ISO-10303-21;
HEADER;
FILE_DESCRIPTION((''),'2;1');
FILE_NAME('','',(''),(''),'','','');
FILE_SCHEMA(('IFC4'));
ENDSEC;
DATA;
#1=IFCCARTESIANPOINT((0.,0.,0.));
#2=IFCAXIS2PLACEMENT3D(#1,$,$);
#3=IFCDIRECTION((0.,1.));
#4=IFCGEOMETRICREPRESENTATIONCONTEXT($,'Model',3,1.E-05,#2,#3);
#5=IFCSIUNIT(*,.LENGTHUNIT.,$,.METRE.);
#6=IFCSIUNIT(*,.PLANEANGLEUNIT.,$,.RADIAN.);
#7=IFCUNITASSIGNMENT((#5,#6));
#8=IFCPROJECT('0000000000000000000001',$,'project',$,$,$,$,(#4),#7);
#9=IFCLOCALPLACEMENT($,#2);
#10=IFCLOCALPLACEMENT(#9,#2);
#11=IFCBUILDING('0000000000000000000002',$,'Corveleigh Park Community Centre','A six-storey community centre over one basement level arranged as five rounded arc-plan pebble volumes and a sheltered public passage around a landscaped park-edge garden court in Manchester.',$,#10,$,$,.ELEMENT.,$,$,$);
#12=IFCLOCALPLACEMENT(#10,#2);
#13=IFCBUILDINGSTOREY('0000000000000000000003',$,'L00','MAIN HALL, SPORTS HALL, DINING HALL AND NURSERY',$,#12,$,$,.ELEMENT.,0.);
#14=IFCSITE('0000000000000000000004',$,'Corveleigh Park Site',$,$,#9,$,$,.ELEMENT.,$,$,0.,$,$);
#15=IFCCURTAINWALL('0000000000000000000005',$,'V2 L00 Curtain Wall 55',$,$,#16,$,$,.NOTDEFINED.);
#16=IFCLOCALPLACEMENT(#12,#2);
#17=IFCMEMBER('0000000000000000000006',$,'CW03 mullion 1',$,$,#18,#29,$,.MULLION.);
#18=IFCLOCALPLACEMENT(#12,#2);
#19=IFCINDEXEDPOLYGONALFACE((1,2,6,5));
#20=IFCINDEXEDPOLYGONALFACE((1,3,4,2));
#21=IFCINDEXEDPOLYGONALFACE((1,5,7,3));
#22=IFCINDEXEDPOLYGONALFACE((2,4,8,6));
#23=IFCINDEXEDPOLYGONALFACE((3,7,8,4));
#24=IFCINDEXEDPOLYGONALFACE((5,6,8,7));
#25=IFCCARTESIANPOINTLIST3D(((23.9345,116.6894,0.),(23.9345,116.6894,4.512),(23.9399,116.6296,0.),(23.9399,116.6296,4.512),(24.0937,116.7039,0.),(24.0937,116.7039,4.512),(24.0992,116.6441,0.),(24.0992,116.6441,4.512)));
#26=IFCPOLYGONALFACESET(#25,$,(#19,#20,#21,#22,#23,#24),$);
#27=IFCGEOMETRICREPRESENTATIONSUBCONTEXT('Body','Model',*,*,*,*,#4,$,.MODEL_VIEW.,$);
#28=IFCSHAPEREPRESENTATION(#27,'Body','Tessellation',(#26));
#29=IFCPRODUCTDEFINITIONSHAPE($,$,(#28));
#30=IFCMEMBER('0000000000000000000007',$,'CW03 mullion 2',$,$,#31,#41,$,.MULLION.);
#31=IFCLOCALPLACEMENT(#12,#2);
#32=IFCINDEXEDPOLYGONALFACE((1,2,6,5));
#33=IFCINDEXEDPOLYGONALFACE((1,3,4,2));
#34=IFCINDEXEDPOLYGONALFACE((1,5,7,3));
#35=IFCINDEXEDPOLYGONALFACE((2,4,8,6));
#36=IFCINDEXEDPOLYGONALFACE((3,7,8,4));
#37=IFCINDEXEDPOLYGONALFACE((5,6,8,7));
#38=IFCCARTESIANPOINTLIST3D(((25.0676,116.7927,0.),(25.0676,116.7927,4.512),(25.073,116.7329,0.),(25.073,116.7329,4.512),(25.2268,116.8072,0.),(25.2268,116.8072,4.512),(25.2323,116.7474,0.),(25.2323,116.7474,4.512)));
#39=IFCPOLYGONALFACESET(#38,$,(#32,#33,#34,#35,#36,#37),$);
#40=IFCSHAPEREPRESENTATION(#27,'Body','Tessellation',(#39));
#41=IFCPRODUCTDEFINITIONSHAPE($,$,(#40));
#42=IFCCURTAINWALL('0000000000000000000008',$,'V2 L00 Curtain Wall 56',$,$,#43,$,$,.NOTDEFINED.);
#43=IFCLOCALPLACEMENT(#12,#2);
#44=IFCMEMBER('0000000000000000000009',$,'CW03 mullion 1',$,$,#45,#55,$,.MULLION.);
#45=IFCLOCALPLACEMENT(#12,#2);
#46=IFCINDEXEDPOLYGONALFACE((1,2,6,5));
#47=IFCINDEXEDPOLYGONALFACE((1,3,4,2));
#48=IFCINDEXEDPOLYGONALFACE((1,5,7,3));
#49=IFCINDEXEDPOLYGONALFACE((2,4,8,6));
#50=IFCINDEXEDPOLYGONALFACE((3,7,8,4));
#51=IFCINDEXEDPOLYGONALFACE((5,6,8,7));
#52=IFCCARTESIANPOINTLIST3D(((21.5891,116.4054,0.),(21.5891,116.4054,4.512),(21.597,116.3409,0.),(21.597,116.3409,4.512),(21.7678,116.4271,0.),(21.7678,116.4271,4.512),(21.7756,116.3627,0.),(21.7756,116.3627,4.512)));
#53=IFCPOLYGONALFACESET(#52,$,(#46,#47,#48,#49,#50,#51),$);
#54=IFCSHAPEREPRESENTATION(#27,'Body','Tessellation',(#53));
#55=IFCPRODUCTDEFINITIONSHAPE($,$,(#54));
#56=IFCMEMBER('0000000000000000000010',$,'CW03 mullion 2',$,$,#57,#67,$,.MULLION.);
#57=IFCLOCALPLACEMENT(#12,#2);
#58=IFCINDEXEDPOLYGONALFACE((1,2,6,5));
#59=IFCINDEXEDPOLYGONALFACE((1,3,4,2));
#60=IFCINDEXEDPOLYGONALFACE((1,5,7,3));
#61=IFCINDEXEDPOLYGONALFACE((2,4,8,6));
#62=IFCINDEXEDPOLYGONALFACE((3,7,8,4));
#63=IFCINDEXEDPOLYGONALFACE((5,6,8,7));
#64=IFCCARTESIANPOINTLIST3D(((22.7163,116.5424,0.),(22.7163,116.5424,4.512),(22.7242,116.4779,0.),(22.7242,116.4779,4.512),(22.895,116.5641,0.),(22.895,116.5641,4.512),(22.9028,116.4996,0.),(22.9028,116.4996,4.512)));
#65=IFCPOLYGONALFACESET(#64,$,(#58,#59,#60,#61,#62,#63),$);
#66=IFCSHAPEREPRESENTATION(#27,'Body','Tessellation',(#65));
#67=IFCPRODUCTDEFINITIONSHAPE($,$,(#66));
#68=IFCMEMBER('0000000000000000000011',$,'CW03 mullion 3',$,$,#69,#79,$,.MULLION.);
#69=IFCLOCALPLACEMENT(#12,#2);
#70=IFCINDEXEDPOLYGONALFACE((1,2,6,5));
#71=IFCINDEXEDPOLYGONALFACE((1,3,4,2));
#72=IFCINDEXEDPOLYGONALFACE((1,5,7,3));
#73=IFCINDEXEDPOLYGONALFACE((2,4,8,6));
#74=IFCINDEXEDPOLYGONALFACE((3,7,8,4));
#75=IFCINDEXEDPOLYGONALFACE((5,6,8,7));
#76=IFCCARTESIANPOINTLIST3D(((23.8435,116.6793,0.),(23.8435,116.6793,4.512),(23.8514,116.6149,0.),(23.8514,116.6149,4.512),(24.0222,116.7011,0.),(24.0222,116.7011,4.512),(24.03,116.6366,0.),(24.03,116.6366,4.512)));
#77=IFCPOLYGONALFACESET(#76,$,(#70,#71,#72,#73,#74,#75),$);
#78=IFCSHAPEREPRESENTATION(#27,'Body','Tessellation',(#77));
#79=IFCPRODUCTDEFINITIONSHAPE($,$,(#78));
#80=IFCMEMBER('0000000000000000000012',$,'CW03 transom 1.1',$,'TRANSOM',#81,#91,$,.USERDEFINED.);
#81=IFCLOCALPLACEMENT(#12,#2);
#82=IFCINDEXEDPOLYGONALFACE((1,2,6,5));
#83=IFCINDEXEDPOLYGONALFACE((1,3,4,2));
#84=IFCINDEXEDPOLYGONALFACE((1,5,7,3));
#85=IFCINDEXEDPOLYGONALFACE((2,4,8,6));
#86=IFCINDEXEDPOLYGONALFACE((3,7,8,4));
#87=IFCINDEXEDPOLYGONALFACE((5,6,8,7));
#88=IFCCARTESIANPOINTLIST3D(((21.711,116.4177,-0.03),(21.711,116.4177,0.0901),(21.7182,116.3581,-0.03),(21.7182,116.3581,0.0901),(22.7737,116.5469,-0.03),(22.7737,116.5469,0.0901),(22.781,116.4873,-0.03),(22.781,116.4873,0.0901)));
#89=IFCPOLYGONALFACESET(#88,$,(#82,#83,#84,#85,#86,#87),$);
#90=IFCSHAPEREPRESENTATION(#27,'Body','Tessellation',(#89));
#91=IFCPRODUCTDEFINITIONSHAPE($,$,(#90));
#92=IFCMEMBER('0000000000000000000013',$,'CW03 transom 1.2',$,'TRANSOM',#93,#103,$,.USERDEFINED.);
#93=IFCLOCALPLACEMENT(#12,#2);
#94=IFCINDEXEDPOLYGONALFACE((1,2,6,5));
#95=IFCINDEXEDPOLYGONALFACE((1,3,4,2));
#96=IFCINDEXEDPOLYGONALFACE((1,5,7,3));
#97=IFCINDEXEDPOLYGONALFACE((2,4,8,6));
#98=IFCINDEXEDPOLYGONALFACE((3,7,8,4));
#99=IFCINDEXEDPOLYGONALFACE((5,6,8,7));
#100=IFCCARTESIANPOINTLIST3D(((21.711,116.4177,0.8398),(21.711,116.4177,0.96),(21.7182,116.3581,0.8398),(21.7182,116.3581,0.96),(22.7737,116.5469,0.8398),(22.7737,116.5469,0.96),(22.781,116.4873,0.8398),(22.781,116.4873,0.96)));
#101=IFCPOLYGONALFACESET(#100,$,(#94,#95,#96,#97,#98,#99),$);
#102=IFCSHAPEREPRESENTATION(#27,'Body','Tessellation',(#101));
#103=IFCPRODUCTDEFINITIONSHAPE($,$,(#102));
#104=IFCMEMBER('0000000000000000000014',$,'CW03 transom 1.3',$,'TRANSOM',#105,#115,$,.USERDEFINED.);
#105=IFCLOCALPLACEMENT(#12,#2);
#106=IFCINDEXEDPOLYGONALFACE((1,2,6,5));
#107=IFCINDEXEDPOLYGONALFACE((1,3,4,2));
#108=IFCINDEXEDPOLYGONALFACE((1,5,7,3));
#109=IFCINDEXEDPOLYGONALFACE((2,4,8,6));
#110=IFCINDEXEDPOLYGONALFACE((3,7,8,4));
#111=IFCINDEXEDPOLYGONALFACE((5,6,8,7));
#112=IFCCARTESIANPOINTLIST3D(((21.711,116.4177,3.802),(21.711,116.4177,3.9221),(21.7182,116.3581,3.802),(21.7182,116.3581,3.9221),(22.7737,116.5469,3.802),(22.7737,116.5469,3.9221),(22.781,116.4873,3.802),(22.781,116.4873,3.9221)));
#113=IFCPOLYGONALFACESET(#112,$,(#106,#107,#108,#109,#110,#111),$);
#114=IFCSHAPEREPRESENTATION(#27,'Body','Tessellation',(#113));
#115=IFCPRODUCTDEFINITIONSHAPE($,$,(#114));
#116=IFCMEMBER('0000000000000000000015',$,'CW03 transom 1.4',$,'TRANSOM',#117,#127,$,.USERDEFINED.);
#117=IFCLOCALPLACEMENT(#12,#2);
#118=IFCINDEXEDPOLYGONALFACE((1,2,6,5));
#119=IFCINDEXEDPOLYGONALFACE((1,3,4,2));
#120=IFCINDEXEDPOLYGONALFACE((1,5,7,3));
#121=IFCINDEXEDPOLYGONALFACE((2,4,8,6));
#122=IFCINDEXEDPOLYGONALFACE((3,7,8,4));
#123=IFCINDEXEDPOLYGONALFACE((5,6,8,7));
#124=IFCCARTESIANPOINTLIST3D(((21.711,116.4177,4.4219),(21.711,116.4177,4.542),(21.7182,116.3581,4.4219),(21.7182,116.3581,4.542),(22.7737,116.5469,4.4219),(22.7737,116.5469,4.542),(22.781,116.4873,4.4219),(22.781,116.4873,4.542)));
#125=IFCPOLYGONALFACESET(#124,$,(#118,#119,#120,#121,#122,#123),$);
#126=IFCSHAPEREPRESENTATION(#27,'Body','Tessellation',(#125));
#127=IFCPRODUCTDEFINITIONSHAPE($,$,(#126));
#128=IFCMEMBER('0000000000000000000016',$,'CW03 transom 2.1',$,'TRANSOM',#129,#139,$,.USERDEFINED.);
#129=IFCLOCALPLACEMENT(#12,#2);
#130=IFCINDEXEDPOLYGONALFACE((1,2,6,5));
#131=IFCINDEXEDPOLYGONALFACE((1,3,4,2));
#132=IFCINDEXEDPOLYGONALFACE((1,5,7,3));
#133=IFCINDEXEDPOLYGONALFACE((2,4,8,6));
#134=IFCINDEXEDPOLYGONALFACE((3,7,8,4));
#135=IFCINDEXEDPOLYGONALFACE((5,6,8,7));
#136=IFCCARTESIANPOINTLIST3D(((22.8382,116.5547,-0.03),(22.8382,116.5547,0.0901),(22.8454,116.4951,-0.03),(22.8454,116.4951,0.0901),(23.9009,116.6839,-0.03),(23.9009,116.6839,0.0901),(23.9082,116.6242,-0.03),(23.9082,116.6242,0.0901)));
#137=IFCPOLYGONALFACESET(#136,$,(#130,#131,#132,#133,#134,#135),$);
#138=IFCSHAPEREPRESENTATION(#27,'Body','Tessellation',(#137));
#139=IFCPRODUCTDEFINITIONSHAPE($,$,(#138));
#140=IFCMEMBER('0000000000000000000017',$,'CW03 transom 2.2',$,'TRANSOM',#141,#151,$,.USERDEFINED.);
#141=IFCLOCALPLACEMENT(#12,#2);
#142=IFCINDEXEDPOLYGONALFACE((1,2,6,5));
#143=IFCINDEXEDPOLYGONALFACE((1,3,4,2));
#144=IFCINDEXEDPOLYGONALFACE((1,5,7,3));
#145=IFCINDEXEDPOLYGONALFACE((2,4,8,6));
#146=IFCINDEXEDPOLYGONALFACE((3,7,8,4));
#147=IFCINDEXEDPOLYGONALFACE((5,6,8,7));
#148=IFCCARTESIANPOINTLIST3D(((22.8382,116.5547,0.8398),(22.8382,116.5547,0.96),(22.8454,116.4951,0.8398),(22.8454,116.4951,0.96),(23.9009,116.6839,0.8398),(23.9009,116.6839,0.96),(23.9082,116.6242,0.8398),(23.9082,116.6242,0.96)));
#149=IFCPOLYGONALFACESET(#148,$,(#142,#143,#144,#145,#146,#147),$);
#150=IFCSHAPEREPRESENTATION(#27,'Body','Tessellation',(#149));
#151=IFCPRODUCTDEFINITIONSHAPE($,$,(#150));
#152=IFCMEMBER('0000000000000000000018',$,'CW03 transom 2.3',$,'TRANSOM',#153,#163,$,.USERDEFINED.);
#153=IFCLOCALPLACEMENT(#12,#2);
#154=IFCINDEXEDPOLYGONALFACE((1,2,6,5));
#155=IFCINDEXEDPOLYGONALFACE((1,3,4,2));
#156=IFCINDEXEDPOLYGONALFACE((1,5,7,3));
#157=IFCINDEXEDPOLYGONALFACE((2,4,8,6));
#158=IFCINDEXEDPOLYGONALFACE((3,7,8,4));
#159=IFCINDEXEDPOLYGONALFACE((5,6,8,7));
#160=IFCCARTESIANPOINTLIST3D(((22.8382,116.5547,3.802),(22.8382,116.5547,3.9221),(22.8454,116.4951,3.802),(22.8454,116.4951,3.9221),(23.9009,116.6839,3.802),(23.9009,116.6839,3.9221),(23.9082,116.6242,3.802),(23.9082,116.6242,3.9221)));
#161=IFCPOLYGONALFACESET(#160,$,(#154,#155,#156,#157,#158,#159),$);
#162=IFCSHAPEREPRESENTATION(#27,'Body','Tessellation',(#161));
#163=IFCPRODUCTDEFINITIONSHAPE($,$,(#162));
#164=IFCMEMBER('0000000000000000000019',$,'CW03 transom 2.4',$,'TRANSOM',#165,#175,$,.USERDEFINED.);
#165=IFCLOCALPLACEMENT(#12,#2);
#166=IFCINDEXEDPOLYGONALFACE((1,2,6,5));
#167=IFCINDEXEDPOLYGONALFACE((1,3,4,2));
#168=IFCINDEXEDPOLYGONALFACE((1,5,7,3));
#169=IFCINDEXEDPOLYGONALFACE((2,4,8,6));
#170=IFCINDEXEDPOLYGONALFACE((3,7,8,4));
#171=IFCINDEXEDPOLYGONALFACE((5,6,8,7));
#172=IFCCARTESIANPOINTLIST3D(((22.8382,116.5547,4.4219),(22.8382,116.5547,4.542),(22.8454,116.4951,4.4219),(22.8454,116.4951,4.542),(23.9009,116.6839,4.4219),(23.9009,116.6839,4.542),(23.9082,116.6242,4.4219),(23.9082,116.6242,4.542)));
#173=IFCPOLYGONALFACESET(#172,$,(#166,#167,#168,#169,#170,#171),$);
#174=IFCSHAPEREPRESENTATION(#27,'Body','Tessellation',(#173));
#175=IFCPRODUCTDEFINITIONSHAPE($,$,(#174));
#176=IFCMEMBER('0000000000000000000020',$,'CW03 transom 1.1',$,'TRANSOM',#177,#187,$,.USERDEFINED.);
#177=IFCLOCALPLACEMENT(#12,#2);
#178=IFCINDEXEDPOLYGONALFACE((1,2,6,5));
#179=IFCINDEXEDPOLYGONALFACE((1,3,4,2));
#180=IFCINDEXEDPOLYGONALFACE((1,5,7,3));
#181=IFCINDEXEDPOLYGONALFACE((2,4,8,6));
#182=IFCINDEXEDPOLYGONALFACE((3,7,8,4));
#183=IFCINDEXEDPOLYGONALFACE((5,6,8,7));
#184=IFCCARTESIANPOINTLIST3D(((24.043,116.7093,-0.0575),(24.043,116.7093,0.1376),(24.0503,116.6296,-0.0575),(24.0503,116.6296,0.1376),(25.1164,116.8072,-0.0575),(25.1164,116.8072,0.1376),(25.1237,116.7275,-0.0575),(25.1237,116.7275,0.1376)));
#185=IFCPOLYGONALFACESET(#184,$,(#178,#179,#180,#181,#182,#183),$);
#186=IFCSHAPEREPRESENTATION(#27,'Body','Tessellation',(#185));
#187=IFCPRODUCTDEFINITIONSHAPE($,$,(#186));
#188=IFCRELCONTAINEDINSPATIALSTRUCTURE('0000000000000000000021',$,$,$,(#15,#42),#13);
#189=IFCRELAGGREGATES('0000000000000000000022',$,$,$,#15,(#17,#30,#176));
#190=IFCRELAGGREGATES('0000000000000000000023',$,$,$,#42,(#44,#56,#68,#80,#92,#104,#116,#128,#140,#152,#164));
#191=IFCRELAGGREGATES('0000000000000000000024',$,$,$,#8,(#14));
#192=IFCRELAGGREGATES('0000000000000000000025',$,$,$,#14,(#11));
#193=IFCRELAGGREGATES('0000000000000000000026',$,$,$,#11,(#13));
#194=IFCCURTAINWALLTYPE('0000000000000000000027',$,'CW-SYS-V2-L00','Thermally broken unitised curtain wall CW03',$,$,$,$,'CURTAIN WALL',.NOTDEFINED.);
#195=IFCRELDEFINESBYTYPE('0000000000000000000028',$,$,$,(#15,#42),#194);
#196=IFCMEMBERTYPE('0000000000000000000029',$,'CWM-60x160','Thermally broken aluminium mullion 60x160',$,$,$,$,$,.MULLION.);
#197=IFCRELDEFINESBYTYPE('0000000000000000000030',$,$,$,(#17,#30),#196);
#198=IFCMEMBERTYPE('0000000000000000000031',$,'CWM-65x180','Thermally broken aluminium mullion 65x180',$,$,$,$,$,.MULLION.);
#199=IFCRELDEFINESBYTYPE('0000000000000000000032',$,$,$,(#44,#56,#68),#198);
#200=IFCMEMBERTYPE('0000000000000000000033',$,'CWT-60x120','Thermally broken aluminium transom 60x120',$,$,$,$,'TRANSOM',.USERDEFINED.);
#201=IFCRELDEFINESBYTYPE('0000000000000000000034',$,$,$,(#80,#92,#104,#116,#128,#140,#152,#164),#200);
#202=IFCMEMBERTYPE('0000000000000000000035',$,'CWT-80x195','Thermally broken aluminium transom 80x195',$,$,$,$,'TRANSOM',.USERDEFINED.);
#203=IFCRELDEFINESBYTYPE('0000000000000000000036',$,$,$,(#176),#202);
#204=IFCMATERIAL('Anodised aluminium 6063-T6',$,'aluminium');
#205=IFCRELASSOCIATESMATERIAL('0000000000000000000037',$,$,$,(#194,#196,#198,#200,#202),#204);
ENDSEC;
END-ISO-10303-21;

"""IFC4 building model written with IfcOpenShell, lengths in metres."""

from ifc_helpers import new_model, si_unit, direction, frame, origin, origin_2d, place, context, subcontext, project, spatial, rectangle, extrude, material, material_profile, profile_set, type_object, element, aggregate, save


model = new_model("IFC4")

# Units and contexts
model_context = context("Model", 3, precision=1e-05, world=origin(), true_north=direction((0.0, 1.0)))
body_context = subcontext(model_context, "Body", "Model", "MODEL_VIEW")
ifc_project = project(units=[si_unit("LENGTHUNIT", "METRE"), si_unit("PLANEANGLEUNIT", "RADIAN")], contexts=[model_context])

# Site, building, storey
site_placement = place(None, origin())
site = spatial("IfcSite", under=ifc_project, at=site_placement, Name="Corveleigh Park Site", CompositionType="ELEMENT", RefElevation=0.0)
building_placement = place(site_placement, origin())
building = spatial("IfcBuilding", under=site, at=building_placement, Name="Corveleigh Park Community Centre", Description="A six-storey community centre over one basement level arranged as five rounded arc-plan pebble volumes and a sheltered public passage around a landscaped park-edge garden court in Manchester.", CompositionType="ELEMENT")
storey_placement = place(building_placement, origin())
storey = spatial("IfcBuildingStorey", under=building, at=storey_placement, Name="L00", Description="MAIN HALL, SPORTS HALL, DINING HALL AND NURSERY", CompositionType="ELEMENT", Elevation=0.0)

# Curtain walls, members
ifc_material_1 = material(Name="Anodised aluminium 6063-T6", Category="aluminium")
curtain_wall_type = type_object("IfcCurtainWallType", Name="CW-SYS-V2-L00", Description="Thermally broken unitised curtain wall CW03", ElementType="CURTAIN WALL", PredefinedType="NOTDEFINED", material=ifc_material_1)
curtain_wall_1_placement = place(storey_placement, origin())
curtain_wall_1 = element("IfcCurtainWall", 1, at=curtain_wall_1_placement, inside=storey, type_object=curtain_wall_type, Name="V2 L00 Curtain Wall 55", PredefinedType="NOTDEFINED")
ifc_material_profile_1 = material_profile(ifc_material_1, rectangle(XDim=0.0601, YDim=0.1599, at=origin_2d()), Name="ALU-M60x160", Category="aluminium")
ifc_profile_set_1 = profile_set([ifc_material_profile_1], Name="Anodised aluminium 6063-T6")
member_type_1 = type_object("IfcMemberType", Name="CWM-60x160", Description="Thermally broken aluminium mullion 60x160", PredefinedType="MULLION", material=ifc_profile_set_1)
member_1_placement = place(storey_placement, frame((24.0168, 116.6667, 0.0), z_axis=(0.0, 0.0, 1.0), x_axis=(-0.090767, 0.995872, 0.0)))
member_1 = element("IfcMember", 2, at=member_1_placement, type_object=member_type_1, Name="CW03 mullion 1", PredefinedType="MULLION", context=body_context, shape_type="SweptSolid", body=[
    extrude(rectangle(XDim=0.0601, YDim=0.1599, at=origin_2d()), origin(), (0.0, 0.0, 1.0), 4.512),
])
member_2_placement = place(storey_placement, frame((25.1499, 116.77, 0.0), z_axis=(0.0, 0.0, 1.0), x_axis=(-0.090767, 0.995872, 0.0)))
member_2 = element("IfcMember", 3, at=member_2_placement, type_object=member_type_1, Name="CW03 mullion 2", PredefinedType="MULLION", context=body_context, shape_type="SweptSolid", body=[
    extrude(rectangle(XDim=0.0601, YDim=0.1599, at=origin_2d()), origin(), (0.0, 0.0, 1.0), 4.512),
])
curtain_wall_2_placement = place(storey_placement, origin())
curtain_wall_2 = element("IfcCurtainWall", 4, at=curtain_wall_2_placement, inside=storey, type_object=curtain_wall_type, Name="V2 L00 Curtain Wall 56", PredefinedType="NOTDEFINED")
ifc_material_profile_2 = material_profile(ifc_material_1, rectangle(XDim=0.0649, YDim=0.1799, at=origin_2d()), Name="ALU-M65x180", Category="aluminium")
ifc_profile_set_2 = profile_set([ifc_material_profile_2], Name="Anodised aluminium 6063-T6")
member_type_2 = type_object("IfcMemberType", Name="CWM-65x180", Description="Thermally broken aluminium mullion 65x180", PredefinedType="MULLION", material=ifc_profile_set_2)
member_3_placement = place(storey_placement, frame((21.6824, 116.384, 0.0), z_axis=(0.0, 0.0, 1.0), x_axis=(-0.120715, 0.992687, 0.0)))
member_3 = element("IfcMember", 5, at=member_3_placement, type_object=member_type_2, Name="CW03 mullion 1", PredefinedType="MULLION", context=body_context, shape_type="SweptSolid", body=[
    extrude(rectangle(XDim=0.0649, YDim=0.1799, at=origin_2d()), origin(), (0.0, 0.0, 1.0), 4.512),
])
member_4_placement = place(storey_placement, frame((22.8096, 116.521, 0.0), z_axis=(0.0, 0.0, 1.0), x_axis=(-0.120715, 0.992687, 0.0)))
member_4 = element("IfcMember", 6, at=member_4_placement, type_object=member_type_2, Name="CW03 mullion 2", PredefinedType="MULLION", context=body_context, shape_type="SweptSolid", body=[
    extrude(rectangle(XDim=0.0649, YDim=0.1799, at=origin_2d()), origin(), (0.0, 0.0, 1.0), 4.512),
])
member_5_placement = place(storey_placement, frame((23.9368, 116.658, 0.0), z_axis=(0.0, 0.0, 1.0), x_axis=(-0.120715, 0.992687, 0.0)))
member_5 = element("IfcMember", 7, at=member_5_placement, type_object=member_type_2, Name="CW03 mullion 3", PredefinedType="MULLION", context=body_context, shape_type="SweptSolid", body=[
    extrude(rectangle(XDim=0.0649, YDim=0.1799, at=origin_2d()), origin(), (0.0, 0.0, 1.0), 4.512),
])
ifc_material_profile_3 = material_profile(ifc_material_1, rectangle(XDim=0.0601, YDim=0.1201, at=origin_2d()), Name="ALU-T60x120", Category="aluminium")
ifc_profile_set_3 = profile_set([ifc_material_profile_3], Name="Anodised aluminium 6063-T6")
member_type_3 = type_object("IfcMemberType", Name="CWT-60x120", Description="Thermally broken aluminium transom 60x120", ElementType="TRANSOM", PredefinedType="USERDEFINED", material=ifc_profile_set_3)
member_6_placement = place(storey_placement, frame((21.7146, 116.3879, 0.03), z_axis=(0.992697, 0.120638, 0.0), x_axis=(-0.120638, 0.992697, 0.0)))
member_6 = element("IfcMember", 8, at=member_6_placement, type_object=member_type_3, Name="CW03 transom 1.1", ObjectType="TRANSOM", PredefinedType="USERDEFINED", context=body_context, shape_type="SweptSolid", body=[
    extrude(rectangle(XDim=0.0601, YDim=0.1201, at=origin_2d()), origin(), (0.0, 0.0, 1.0), 1.0706),
])
member_7_placement = place(storey_placement, frame((21.7146, 116.3879, 0.8999), z_axis=(0.992697, 0.120638, 0.0), x_axis=(-0.120638, 0.992697, 0.0)))
member_7 = element("IfcMember", 9, at=member_7_placement, type_object=member_type_3, Name="CW03 transom 1.2", ObjectType="TRANSOM", PredefinedType="USERDEFINED", context=body_context, shape_type="SweptSolid", body=[
    extrude(rectangle(XDim=0.0601, YDim=0.1201, at=origin_2d()), origin(), (0.0, 0.0, 1.0), 1.0706),
])
member_8_placement = place(storey_placement, frame((21.7146, 116.3879, 3.8621), z_axis=(0.992697, 0.120638, 0.0), x_axis=(-0.120638, 0.992697, 0.0)))
member_8 = element("IfcMember", 10, at=member_8_placement, type_object=member_type_3, Name="CW03 transom 1.3", ObjectType="TRANSOM", PredefinedType="USERDEFINED", context=body_context, shape_type="SweptSolid", body=[
    extrude(rectangle(XDim=0.0601, YDim=0.1201, at=origin_2d()), origin(), (0.0, 0.0, 1.0), 1.0706),
])
member_9_placement = place(storey_placement, frame((21.7146, 116.3879, 4.4819), z_axis=(0.992697, 0.120638, 0.0), x_axis=(-0.120638, 0.992697, 0.0)))
member_9 = element("IfcMember", 11, at=member_9_placement, type_object=member_type_3, Name="CW03 transom 1.4", ObjectType="TRANSOM", PredefinedType="USERDEFINED", context=body_context, shape_type="SweptSolid", body=[
    extrude(rectangle(XDim=0.0601, YDim=0.1201, at=origin_2d()), origin(), (0.0, 0.0, 1.0), 1.0706),
])
member_10_placement = place(storey_placement, frame((22.8418, 116.5249, 0.03), z_axis=(0.992697, 0.120638, 0.0), x_axis=(-0.120638, 0.992697, 0.0)))
member_10 = element("IfcMember", 12, at=member_10_placement, type_object=member_type_3, Name="CW03 transom 2.1", ObjectType="TRANSOM", PredefinedType="USERDEFINED", context=body_context, shape_type="SweptSolid", body=[
    extrude(rectangle(XDim=0.0601, YDim=0.1201, at=origin_2d()), origin(), (0.0, 0.0, 1.0), 1.0706),
])
member_11_placement = place(storey_placement, frame((22.8418, 116.5249, 0.8999), z_axis=(0.992697, 0.120638, 0.0), x_axis=(-0.120638, 0.992697, 0.0)))
member_11 = element("IfcMember", 13, at=member_11_placement, type_object=member_type_3, Name="CW03 transom 2.2", ObjectType="TRANSOM", PredefinedType="USERDEFINED", context=body_context, shape_type="SweptSolid", body=[
    extrude(rectangle(XDim=0.0601, YDim=0.1201, at=origin_2d()), origin(), (0.0, 0.0, 1.0), 1.0706),
])
member_12_placement = place(storey_placement, frame((22.8418, 116.5249, 3.8621), z_axis=(0.992697, 0.120638, 0.0), x_axis=(-0.120638, 0.992697, 0.0)))
member_12 = element("IfcMember", 14, at=member_12_placement, type_object=member_type_3, Name="CW03 transom 2.3", ObjectType="TRANSOM", PredefinedType="USERDEFINED", context=body_context, shape_type="SweptSolid", body=[
    extrude(rectangle(XDim=0.0601, YDim=0.1201, at=origin_2d()), origin(), (0.0, 0.0, 1.0), 1.0706),
])
member_13_placement = place(storey_placement, frame((22.8418, 116.5249, 4.4819), z_axis=(0.992697, 0.120638, 0.0), x_axis=(-0.120638, 0.992697, 0.0)))
member_13 = element("IfcMember", 15, at=member_13_placement, type_object=member_type_3, Name="CW03 transom 2.4", ObjectType="TRANSOM", PredefinedType="USERDEFINED", context=body_context, shape_type="SweptSolid", body=[
    extrude(rectangle(XDim=0.0601, YDim=0.1201, at=origin_2d()), origin(), (0.0, 0.0, 1.0), 1.0706),
])

# Member
ifc_material_profile_4 = material_profile(ifc_material_1, rectangle(XDim=0.0801, YDim=0.1951, at=origin_2d()), Name="ALU-T80x195", Category="aluminium")
ifc_profile_set_4 = profile_set([ifc_material_profile_4], Name="Anodised aluminium 6063-T6")
member_type_4 = type_object("IfcMemberType", Name="CWT-80x195", Description="Thermally broken aluminium transom 80x195", ElementType="TRANSOM", PredefinedType="USERDEFINED", material=ifc_profile_set_4)
member_14_placement = place(storey_placement, frame((24.0466, 116.6694, 0.04), z_axis=(0.995867, 0.090822, 0.0), x_axis=(-0.090822, 0.995867, 0.0)))
member_14 = element("IfcMember", 16, at=member_14_placement, type_object=member_type_4, Name="CW03 transom 1.1", ObjectType="TRANSOM", PredefinedType="USERDEFINED", context=body_context, shape_type="SweptSolid", body=[
    extrude(rectangle(XDim=0.0801, YDim=0.1951, at=origin_2d()), origin(), (0.0, 0.0, 1.0), 1.0779),
])

aggregate(curtain_wall_1, [member_1, member_2, member_14])
aggregate(curtain_wall_2, [member_3, member_4, member_5, member_6, member_7, member_8, member_9, member_10, member_11, member_12, member_13])

save(model, "model.ifc")
